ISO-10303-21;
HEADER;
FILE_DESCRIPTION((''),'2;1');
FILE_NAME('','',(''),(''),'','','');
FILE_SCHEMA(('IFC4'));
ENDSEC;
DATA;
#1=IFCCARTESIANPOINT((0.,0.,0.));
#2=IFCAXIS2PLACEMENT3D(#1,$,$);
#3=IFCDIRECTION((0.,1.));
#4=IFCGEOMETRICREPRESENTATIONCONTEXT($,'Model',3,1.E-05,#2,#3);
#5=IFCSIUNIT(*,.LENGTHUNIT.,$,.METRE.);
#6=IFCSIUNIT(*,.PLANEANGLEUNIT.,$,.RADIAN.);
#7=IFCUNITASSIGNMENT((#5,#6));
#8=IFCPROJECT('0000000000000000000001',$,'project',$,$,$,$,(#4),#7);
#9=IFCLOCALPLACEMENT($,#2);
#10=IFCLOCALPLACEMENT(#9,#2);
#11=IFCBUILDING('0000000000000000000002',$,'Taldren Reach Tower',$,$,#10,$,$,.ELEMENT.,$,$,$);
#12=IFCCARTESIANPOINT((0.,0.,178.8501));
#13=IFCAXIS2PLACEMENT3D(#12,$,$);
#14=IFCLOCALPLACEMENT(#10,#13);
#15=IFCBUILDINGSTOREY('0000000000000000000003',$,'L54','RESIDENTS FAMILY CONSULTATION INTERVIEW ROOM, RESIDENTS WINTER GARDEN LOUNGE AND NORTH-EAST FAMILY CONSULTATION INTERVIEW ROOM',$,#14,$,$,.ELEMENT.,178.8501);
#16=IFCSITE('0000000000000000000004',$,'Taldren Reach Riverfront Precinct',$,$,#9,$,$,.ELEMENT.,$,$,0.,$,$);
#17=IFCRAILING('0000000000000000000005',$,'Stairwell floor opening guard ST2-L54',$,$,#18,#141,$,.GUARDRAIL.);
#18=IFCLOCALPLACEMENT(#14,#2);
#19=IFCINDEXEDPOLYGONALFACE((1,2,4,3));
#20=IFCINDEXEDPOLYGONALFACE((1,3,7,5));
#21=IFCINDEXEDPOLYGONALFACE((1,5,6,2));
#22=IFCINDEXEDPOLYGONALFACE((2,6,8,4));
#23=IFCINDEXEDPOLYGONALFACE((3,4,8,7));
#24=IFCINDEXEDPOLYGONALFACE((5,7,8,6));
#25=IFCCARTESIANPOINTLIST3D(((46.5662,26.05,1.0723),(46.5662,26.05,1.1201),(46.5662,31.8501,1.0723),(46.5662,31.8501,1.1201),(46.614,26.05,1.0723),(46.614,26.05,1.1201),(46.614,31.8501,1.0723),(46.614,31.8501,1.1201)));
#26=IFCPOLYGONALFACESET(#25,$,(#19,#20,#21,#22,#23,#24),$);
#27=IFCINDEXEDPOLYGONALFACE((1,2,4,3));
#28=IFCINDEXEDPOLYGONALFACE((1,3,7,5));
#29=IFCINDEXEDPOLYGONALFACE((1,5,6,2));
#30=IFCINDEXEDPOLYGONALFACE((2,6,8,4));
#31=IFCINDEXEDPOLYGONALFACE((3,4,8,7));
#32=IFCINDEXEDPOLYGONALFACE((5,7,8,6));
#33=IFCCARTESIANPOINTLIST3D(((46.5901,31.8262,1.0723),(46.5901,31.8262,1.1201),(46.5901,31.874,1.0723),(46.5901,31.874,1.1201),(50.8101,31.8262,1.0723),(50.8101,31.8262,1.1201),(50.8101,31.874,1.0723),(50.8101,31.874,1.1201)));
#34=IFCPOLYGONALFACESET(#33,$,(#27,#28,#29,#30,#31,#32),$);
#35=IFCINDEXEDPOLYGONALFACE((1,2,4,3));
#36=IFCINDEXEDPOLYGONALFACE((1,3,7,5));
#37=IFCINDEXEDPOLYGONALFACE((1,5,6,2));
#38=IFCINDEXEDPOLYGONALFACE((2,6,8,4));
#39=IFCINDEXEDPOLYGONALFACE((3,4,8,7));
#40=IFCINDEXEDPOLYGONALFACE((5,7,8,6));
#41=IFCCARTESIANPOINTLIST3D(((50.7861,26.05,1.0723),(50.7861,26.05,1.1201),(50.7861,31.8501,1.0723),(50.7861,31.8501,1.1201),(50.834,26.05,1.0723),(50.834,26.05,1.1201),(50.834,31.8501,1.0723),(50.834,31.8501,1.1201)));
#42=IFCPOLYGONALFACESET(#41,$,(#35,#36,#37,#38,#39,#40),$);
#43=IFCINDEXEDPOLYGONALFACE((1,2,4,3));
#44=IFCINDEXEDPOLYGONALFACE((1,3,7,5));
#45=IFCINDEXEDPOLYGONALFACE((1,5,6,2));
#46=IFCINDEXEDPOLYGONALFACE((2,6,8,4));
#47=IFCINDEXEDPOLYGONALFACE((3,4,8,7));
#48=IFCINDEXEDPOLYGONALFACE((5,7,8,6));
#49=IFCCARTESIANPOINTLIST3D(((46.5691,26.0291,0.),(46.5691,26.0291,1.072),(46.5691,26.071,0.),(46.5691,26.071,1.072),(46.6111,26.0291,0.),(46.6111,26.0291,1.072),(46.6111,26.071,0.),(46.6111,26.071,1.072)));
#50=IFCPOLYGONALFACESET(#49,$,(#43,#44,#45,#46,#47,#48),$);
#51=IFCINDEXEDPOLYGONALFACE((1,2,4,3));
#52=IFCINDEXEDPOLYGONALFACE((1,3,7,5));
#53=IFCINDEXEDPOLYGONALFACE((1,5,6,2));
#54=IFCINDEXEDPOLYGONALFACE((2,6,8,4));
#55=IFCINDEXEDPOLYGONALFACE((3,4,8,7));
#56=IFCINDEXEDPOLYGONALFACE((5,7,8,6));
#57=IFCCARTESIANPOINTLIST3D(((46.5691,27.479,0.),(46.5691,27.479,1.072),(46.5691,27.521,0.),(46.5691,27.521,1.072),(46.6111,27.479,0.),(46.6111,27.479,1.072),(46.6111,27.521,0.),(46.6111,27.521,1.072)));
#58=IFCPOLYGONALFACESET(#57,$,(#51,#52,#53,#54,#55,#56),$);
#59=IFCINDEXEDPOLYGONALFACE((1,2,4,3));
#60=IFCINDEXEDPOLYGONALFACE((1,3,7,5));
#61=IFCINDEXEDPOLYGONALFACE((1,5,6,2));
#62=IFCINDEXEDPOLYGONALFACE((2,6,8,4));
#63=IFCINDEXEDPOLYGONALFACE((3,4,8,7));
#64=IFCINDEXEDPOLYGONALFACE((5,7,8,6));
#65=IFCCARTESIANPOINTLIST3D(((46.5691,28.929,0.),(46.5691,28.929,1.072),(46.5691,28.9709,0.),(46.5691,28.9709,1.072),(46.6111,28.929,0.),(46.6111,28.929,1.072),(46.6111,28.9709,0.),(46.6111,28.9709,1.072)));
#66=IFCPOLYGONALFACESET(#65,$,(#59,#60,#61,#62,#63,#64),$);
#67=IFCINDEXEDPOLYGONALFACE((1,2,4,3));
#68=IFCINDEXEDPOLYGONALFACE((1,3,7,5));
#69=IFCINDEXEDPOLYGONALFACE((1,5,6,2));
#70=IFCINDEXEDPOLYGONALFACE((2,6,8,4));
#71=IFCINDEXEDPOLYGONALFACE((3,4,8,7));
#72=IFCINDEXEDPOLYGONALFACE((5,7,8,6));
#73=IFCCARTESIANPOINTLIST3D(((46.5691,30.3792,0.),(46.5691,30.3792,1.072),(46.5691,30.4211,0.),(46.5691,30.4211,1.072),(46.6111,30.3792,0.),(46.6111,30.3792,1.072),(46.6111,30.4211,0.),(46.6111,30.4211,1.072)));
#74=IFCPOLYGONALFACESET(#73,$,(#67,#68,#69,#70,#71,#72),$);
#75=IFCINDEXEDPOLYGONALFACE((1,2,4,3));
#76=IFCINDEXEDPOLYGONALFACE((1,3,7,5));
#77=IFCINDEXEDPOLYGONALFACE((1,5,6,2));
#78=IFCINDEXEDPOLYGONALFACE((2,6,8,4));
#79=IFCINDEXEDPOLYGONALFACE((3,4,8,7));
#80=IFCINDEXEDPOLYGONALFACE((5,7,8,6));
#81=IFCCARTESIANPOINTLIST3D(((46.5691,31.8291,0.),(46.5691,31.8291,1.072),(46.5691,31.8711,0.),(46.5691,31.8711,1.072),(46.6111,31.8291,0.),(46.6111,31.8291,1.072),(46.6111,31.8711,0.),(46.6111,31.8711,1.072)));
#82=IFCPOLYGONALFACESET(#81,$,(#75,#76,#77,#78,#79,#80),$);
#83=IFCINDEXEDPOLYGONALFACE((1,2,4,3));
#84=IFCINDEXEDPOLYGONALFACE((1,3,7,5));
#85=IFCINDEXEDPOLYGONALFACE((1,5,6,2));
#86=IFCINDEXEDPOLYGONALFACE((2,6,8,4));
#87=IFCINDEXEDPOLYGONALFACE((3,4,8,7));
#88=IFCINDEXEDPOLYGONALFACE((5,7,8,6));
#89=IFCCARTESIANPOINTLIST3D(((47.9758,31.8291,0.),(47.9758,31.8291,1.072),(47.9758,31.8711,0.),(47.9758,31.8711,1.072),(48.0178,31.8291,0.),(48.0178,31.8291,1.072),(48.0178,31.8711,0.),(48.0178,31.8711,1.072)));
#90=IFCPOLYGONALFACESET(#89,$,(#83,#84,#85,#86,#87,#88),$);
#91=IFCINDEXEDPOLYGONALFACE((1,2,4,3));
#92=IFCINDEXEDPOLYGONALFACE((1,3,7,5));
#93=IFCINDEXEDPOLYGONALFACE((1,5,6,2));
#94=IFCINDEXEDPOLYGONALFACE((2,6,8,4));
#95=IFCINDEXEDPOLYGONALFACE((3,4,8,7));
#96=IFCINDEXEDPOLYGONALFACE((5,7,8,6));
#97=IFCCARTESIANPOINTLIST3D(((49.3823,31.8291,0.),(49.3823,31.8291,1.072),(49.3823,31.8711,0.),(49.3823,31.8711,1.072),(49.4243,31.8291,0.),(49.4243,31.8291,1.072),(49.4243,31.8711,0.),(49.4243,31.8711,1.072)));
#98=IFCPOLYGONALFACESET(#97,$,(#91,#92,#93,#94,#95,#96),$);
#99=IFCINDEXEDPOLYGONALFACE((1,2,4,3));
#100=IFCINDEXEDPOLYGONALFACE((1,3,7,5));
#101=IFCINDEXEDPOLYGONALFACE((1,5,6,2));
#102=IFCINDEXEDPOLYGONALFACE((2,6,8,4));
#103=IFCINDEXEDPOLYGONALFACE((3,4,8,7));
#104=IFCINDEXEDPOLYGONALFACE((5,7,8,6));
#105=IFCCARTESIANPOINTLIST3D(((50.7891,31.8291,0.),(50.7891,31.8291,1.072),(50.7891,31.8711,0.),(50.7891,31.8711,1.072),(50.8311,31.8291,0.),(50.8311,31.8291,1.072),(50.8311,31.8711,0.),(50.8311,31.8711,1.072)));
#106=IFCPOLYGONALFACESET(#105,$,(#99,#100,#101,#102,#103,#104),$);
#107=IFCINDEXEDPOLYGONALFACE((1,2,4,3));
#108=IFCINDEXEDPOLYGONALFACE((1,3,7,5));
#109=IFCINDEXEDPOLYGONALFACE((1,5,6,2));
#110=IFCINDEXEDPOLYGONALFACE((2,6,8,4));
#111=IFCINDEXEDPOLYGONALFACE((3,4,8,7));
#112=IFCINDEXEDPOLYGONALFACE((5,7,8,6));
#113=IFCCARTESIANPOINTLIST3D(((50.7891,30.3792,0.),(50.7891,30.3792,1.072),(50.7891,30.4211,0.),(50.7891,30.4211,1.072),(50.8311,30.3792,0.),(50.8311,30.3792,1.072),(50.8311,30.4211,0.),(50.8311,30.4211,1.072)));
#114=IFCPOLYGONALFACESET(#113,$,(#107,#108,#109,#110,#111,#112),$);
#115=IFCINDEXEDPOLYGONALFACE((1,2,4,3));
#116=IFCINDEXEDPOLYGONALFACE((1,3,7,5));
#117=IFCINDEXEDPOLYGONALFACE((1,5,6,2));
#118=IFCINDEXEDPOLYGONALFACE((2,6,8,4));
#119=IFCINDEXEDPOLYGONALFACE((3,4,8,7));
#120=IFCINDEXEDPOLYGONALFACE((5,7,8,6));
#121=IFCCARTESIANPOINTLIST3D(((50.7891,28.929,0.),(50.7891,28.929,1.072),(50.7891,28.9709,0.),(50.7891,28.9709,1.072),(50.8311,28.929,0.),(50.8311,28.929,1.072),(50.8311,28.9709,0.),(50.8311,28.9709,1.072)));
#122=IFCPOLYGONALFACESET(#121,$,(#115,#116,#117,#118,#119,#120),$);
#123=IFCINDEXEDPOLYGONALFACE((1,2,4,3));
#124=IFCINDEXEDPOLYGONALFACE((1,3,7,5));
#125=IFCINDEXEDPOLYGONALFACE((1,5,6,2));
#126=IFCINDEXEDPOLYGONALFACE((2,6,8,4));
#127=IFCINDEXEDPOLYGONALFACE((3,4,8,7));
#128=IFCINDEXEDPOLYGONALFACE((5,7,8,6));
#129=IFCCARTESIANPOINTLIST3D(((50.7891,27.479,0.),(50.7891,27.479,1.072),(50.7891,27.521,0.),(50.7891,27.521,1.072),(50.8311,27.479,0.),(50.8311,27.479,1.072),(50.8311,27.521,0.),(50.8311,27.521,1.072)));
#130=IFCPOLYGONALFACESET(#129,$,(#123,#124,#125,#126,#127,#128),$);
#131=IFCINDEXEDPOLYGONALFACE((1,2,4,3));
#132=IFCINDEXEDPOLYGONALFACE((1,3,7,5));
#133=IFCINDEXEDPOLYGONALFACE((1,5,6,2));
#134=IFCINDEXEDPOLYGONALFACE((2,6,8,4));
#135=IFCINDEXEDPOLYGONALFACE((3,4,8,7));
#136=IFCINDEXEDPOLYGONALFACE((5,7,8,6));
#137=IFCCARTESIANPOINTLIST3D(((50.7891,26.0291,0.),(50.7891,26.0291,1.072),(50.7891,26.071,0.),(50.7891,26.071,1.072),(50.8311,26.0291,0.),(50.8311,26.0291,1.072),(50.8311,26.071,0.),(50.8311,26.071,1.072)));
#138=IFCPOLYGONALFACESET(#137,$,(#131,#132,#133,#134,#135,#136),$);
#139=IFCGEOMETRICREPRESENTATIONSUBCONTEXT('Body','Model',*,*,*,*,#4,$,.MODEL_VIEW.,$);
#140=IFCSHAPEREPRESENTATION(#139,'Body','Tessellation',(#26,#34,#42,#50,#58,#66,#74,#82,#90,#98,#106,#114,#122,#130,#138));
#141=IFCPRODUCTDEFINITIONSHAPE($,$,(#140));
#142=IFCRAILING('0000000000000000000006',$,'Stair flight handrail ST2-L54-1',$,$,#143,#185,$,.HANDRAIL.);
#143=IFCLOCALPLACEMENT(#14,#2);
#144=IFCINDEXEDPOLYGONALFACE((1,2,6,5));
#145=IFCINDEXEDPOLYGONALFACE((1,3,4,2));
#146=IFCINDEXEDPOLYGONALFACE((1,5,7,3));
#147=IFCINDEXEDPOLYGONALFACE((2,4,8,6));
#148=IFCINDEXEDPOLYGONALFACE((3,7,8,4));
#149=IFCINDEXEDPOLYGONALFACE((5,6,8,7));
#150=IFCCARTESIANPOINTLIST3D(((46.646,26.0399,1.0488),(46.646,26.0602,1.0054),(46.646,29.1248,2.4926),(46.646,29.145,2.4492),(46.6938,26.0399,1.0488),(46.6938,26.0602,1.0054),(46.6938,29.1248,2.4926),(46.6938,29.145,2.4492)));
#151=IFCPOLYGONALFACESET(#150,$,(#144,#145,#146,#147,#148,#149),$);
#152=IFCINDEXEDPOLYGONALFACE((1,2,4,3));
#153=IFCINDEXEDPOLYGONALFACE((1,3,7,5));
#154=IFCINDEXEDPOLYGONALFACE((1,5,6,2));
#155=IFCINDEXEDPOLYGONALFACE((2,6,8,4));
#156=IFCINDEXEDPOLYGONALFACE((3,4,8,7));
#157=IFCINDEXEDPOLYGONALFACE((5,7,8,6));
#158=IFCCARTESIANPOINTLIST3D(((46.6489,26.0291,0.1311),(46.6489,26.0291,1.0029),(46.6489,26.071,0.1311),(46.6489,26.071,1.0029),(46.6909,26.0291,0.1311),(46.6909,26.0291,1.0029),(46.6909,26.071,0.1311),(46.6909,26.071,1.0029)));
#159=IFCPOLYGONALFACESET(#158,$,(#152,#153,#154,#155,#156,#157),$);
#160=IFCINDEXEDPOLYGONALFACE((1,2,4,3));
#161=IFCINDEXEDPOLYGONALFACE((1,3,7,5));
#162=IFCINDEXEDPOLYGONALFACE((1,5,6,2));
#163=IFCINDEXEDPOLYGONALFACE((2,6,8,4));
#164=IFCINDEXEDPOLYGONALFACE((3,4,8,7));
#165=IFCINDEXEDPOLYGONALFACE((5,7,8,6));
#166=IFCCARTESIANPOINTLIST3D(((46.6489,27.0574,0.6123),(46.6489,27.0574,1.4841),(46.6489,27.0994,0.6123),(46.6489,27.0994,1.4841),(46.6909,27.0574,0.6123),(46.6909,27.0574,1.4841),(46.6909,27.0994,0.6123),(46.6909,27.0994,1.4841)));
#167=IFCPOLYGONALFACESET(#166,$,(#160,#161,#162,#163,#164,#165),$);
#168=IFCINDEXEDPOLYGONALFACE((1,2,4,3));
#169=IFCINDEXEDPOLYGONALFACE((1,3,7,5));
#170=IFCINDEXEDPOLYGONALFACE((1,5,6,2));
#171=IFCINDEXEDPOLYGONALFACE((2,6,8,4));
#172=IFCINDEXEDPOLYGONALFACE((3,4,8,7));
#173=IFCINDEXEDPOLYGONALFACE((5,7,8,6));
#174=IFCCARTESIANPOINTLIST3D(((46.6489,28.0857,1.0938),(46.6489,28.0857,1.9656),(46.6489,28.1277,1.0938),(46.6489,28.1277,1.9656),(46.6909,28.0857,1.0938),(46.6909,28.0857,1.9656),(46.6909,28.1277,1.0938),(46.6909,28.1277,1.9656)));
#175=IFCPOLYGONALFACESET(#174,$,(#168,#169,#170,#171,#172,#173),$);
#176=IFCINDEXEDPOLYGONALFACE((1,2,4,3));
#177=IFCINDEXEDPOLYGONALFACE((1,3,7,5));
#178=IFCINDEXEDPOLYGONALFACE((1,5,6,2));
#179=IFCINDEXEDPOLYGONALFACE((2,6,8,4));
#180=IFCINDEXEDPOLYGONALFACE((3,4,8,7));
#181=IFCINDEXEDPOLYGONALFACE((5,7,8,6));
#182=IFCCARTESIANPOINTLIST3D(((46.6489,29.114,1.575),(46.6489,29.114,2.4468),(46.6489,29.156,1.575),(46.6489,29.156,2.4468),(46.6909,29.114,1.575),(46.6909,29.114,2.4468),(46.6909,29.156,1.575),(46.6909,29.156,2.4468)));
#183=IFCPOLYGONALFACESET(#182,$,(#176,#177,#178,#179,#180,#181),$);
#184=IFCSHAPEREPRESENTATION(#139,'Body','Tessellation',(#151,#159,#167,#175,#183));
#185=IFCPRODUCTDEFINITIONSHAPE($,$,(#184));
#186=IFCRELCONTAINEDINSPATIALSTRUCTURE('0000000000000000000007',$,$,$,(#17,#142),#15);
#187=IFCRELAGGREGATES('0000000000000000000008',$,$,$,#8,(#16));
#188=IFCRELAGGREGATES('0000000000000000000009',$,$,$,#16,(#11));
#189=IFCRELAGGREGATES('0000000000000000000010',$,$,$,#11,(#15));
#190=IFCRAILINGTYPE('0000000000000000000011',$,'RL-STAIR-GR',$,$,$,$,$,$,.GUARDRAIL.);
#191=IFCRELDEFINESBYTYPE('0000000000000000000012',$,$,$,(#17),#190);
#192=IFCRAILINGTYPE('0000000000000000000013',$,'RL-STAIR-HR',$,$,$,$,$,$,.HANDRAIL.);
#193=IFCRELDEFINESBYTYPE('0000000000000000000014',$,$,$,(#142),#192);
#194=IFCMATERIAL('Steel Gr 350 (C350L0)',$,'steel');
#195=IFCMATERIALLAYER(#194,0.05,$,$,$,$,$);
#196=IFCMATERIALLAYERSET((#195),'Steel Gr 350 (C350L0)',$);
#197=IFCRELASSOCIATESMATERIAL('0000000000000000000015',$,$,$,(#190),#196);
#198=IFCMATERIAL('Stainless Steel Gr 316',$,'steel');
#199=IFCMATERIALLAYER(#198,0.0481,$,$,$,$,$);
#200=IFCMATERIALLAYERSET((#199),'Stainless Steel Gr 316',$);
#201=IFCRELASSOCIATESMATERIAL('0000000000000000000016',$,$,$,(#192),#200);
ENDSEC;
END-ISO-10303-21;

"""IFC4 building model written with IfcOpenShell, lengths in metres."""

from ifc_helpers import new_model, si_unit, direction, frame, origin, origin_2d, place, context, subcontext, project, spatial, rectangle, extrude, material, layer, layer_set, type_object, element, save


model = new_model("IFC4")

# Units and contexts
model_context = context("Model", 3, precision=1e-05, world=origin(), true_north=direction((0.0, 1.0)))
body_context = subcontext(model_context, "Body", "Model", "MODEL_VIEW")
ifc_project = project(units=[si_unit("LENGTHUNIT", "METRE"), si_unit("PLANEANGLEUNIT", "RADIAN")], contexts=[model_context])

# Site, building, storey
site_placement = place(None, origin())
site = spatial("IfcSite", under=ifc_project, at=site_placement, Name="Taldren Reach Riverfront Precinct", CompositionType="ELEMENT", RefElevation=0.0)
building_placement = place(site_placement, origin())
building = spatial("IfcBuilding", under=site, at=building_placement, Name="Taldren Reach Tower", CompositionType="ELEMENT")
storey_placement = place(building_placement, frame((0.0, 0.0, 178.8501)))
storey = spatial("IfcBuildingStorey", under=building, at=storey_placement, Name="L54", Description="RESIDENTS FAMILY CONSULTATION INTERVIEW ROOM, RESIDENTS WINTER GARDEN LOUNGE AND NORTH-EAST FAMILY CONSULTATION INTERVIEW ROOM", CompositionType="ELEMENT", Elevation=178.8501)

# Shared definitions
ifc_material_1 = material(Name="Steel Gr 350 (C350L0)", Category="steel")

# Railings
ifc_layer_1 = layer(ifc_material_1, 0.05)
ifc_layer_set_1 = layer_set([ifc_layer_1], Name="Steel Gr 350 (C350L0)")
railing_type_1 = type_object("IfcRailingType", Name="RL-STAIR-GR", PredefinedType="GUARDRAIL", material=ifc_layer_set_1)
railing_1_placement = place(storey_placement, frame((46.5901, 26.05, 0.0)))
element("IfcRailing", 1, at=railing_1_placement, inside=storey, type_object=railing_type_1, Name="Stairwell floor opening guard ST2-L54", PredefinedType="GUARDRAIL", context=body_context, shape_type="SweptSolid", body=[
    extrude(rectangle(XDim=0.0479, YDim=0.0479, at=origin_2d()), frame((0.0, 0.0, 1.0962), z_axis=(0.0, 1.0, 0.0), x_axis=(-1.0, 0.0, 0.0)), (0.0, 0.0, 1.0), 5.8),
    extrude(rectangle(XDim=0.0479, YDim=0.0479, at=origin_2d()), frame((0.0, 5.8, 1.0962), z_axis=(1.0, 0.0, 0.0), x_axis=(0.0, 1.0, 0.0)), (0.0, 0.0, 1.0), 4.22),
    extrude(rectangle(XDim=0.0479, YDim=0.0479, at=origin_2d()), frame((4.22, 5.8, 1.0962), z_axis=(0.0, -1.0, 0.0), x_axis=(1.0, 0.0, 0.0)), (0.0, 0.0, 1.0), 5.8),
    extrude(rectangle(XDim=0.042, YDim=0.042, at=origin_2d()), origin(), (0.0, 0.0, 1.0), 1.072),
    extrude(rectangle(XDim=0.042, YDim=0.042, at=origin_2d()), frame((0.0, 1.45, 0.0)), (0.0, 0.0, 1.0), 1.072),
    extrude(rectangle(XDim=0.042, YDim=0.042, at=origin_2d()), frame((0.0, 2.8999, 0.0)), (0.0, 0.0, 1.0), 1.072),
    extrude(rectangle(XDim=0.042, YDim=0.042, at=origin_2d()), frame((0.0, 4.3501, 0.0)), (0.0, 0.0, 1.0), 1.072),
    extrude(rectangle(XDim=0.042, YDim=0.042, at=origin_2d()), frame((0.0, 5.8, 0.0)), (0.0, 0.0, 1.0), 1.072),
    extrude(rectangle(XDim=0.042, YDim=0.042, at=origin_2d()), frame((1.4067, 5.8, 0.0)), (0.0, 0.0, 1.0), 1.072),
    extrude(rectangle(XDim=0.042, YDim=0.042, at=origin_2d()), frame((2.8132, 5.8, 0.0)), (0.0, 0.0, 1.0), 1.072),
    extrude(rectangle(XDim=0.042, YDim=0.042, at=origin_2d()), frame((4.22, 5.8, 0.0)), (0.0, 0.0, 1.0), 1.072),
    extrude(rectangle(XDim=0.042, YDim=0.042, at=origin_2d()), frame((4.22, 4.3501, 0.0)), (0.0, 0.0, 1.0), 1.072),
    extrude(rectangle(XDim=0.042, YDim=0.042, at=origin_2d()), frame((4.22, 2.8999, 0.0)), (0.0, 0.0, 1.0), 1.072),
    extrude(rectangle(XDim=0.042, YDim=0.042, at=origin_2d()), frame((4.22, 1.45, 0.0)), (0.0, 0.0, 1.0), 1.072),
    extrude(rectangle(XDim=0.042, YDim=0.042, at=origin_2d()), frame((4.22, 0.0, 0.0)), (0.0, 0.0, 1.0), 1.072),
])
ifc_material_2 = material(Name="Stainless Steel Gr 316", Category="steel")
ifc_layer_2 = layer(ifc_material_2, 0.0481)
ifc_layer_set_2 = layer_set([ifc_layer_2], Name="Stainless Steel Gr 316")
railing_type_2 = type_object("IfcRailingType", Name="RL-STAIR-HR", PredefinedType="HANDRAIL", material=ifc_layer_set_2)
railing_2_placement = place(storey_placement, frame((46.6699, 26.05, 0.1311)))
element("IfcRailing", 2, at=railing_2_placement, inside=storey, type_object=railing_type_2, Name="Stair flight handrail ST2-L54-1", PredefinedType="HANDRAIL", context=body_context, shape_type="SweptSolid", body=[
    extrude(rectangle(XDim=0.0479, YDim=0.0479, at=origin_2d()), frame((0.0, 0.0, 0.896), z_axis=(0.0, 0.90571, 0.423898), x_axis=(-1.0, 0.0, 0.0)), (0.0, 0.0, 1.0), 3.406),
    extrude(rectangle(XDim=0.042, YDim=0.042, at=origin_2d()), origin(), (0.0, 0.0, 1.0), 0.8718),
    extrude(rectangle(XDim=0.042, YDim=0.042, at=origin_2d()), frame((0.0, 1.0283, 0.4812)), (0.0, 0.0, 1.0), 0.8718),
    extrude(rectangle(XDim=0.042, YDim=0.042, at=origin_2d()), frame((0.0, 2.0566, 0.9626)), (0.0, 0.0, 1.0), 0.8718),
    extrude(rectangle(XDim=0.042, YDim=0.042, at=origin_2d()), frame((0.0, 3.085, 1.4438)), (0.0, 0.0, 1.0), 0.8718),
])

save(model, "model.ifc")
